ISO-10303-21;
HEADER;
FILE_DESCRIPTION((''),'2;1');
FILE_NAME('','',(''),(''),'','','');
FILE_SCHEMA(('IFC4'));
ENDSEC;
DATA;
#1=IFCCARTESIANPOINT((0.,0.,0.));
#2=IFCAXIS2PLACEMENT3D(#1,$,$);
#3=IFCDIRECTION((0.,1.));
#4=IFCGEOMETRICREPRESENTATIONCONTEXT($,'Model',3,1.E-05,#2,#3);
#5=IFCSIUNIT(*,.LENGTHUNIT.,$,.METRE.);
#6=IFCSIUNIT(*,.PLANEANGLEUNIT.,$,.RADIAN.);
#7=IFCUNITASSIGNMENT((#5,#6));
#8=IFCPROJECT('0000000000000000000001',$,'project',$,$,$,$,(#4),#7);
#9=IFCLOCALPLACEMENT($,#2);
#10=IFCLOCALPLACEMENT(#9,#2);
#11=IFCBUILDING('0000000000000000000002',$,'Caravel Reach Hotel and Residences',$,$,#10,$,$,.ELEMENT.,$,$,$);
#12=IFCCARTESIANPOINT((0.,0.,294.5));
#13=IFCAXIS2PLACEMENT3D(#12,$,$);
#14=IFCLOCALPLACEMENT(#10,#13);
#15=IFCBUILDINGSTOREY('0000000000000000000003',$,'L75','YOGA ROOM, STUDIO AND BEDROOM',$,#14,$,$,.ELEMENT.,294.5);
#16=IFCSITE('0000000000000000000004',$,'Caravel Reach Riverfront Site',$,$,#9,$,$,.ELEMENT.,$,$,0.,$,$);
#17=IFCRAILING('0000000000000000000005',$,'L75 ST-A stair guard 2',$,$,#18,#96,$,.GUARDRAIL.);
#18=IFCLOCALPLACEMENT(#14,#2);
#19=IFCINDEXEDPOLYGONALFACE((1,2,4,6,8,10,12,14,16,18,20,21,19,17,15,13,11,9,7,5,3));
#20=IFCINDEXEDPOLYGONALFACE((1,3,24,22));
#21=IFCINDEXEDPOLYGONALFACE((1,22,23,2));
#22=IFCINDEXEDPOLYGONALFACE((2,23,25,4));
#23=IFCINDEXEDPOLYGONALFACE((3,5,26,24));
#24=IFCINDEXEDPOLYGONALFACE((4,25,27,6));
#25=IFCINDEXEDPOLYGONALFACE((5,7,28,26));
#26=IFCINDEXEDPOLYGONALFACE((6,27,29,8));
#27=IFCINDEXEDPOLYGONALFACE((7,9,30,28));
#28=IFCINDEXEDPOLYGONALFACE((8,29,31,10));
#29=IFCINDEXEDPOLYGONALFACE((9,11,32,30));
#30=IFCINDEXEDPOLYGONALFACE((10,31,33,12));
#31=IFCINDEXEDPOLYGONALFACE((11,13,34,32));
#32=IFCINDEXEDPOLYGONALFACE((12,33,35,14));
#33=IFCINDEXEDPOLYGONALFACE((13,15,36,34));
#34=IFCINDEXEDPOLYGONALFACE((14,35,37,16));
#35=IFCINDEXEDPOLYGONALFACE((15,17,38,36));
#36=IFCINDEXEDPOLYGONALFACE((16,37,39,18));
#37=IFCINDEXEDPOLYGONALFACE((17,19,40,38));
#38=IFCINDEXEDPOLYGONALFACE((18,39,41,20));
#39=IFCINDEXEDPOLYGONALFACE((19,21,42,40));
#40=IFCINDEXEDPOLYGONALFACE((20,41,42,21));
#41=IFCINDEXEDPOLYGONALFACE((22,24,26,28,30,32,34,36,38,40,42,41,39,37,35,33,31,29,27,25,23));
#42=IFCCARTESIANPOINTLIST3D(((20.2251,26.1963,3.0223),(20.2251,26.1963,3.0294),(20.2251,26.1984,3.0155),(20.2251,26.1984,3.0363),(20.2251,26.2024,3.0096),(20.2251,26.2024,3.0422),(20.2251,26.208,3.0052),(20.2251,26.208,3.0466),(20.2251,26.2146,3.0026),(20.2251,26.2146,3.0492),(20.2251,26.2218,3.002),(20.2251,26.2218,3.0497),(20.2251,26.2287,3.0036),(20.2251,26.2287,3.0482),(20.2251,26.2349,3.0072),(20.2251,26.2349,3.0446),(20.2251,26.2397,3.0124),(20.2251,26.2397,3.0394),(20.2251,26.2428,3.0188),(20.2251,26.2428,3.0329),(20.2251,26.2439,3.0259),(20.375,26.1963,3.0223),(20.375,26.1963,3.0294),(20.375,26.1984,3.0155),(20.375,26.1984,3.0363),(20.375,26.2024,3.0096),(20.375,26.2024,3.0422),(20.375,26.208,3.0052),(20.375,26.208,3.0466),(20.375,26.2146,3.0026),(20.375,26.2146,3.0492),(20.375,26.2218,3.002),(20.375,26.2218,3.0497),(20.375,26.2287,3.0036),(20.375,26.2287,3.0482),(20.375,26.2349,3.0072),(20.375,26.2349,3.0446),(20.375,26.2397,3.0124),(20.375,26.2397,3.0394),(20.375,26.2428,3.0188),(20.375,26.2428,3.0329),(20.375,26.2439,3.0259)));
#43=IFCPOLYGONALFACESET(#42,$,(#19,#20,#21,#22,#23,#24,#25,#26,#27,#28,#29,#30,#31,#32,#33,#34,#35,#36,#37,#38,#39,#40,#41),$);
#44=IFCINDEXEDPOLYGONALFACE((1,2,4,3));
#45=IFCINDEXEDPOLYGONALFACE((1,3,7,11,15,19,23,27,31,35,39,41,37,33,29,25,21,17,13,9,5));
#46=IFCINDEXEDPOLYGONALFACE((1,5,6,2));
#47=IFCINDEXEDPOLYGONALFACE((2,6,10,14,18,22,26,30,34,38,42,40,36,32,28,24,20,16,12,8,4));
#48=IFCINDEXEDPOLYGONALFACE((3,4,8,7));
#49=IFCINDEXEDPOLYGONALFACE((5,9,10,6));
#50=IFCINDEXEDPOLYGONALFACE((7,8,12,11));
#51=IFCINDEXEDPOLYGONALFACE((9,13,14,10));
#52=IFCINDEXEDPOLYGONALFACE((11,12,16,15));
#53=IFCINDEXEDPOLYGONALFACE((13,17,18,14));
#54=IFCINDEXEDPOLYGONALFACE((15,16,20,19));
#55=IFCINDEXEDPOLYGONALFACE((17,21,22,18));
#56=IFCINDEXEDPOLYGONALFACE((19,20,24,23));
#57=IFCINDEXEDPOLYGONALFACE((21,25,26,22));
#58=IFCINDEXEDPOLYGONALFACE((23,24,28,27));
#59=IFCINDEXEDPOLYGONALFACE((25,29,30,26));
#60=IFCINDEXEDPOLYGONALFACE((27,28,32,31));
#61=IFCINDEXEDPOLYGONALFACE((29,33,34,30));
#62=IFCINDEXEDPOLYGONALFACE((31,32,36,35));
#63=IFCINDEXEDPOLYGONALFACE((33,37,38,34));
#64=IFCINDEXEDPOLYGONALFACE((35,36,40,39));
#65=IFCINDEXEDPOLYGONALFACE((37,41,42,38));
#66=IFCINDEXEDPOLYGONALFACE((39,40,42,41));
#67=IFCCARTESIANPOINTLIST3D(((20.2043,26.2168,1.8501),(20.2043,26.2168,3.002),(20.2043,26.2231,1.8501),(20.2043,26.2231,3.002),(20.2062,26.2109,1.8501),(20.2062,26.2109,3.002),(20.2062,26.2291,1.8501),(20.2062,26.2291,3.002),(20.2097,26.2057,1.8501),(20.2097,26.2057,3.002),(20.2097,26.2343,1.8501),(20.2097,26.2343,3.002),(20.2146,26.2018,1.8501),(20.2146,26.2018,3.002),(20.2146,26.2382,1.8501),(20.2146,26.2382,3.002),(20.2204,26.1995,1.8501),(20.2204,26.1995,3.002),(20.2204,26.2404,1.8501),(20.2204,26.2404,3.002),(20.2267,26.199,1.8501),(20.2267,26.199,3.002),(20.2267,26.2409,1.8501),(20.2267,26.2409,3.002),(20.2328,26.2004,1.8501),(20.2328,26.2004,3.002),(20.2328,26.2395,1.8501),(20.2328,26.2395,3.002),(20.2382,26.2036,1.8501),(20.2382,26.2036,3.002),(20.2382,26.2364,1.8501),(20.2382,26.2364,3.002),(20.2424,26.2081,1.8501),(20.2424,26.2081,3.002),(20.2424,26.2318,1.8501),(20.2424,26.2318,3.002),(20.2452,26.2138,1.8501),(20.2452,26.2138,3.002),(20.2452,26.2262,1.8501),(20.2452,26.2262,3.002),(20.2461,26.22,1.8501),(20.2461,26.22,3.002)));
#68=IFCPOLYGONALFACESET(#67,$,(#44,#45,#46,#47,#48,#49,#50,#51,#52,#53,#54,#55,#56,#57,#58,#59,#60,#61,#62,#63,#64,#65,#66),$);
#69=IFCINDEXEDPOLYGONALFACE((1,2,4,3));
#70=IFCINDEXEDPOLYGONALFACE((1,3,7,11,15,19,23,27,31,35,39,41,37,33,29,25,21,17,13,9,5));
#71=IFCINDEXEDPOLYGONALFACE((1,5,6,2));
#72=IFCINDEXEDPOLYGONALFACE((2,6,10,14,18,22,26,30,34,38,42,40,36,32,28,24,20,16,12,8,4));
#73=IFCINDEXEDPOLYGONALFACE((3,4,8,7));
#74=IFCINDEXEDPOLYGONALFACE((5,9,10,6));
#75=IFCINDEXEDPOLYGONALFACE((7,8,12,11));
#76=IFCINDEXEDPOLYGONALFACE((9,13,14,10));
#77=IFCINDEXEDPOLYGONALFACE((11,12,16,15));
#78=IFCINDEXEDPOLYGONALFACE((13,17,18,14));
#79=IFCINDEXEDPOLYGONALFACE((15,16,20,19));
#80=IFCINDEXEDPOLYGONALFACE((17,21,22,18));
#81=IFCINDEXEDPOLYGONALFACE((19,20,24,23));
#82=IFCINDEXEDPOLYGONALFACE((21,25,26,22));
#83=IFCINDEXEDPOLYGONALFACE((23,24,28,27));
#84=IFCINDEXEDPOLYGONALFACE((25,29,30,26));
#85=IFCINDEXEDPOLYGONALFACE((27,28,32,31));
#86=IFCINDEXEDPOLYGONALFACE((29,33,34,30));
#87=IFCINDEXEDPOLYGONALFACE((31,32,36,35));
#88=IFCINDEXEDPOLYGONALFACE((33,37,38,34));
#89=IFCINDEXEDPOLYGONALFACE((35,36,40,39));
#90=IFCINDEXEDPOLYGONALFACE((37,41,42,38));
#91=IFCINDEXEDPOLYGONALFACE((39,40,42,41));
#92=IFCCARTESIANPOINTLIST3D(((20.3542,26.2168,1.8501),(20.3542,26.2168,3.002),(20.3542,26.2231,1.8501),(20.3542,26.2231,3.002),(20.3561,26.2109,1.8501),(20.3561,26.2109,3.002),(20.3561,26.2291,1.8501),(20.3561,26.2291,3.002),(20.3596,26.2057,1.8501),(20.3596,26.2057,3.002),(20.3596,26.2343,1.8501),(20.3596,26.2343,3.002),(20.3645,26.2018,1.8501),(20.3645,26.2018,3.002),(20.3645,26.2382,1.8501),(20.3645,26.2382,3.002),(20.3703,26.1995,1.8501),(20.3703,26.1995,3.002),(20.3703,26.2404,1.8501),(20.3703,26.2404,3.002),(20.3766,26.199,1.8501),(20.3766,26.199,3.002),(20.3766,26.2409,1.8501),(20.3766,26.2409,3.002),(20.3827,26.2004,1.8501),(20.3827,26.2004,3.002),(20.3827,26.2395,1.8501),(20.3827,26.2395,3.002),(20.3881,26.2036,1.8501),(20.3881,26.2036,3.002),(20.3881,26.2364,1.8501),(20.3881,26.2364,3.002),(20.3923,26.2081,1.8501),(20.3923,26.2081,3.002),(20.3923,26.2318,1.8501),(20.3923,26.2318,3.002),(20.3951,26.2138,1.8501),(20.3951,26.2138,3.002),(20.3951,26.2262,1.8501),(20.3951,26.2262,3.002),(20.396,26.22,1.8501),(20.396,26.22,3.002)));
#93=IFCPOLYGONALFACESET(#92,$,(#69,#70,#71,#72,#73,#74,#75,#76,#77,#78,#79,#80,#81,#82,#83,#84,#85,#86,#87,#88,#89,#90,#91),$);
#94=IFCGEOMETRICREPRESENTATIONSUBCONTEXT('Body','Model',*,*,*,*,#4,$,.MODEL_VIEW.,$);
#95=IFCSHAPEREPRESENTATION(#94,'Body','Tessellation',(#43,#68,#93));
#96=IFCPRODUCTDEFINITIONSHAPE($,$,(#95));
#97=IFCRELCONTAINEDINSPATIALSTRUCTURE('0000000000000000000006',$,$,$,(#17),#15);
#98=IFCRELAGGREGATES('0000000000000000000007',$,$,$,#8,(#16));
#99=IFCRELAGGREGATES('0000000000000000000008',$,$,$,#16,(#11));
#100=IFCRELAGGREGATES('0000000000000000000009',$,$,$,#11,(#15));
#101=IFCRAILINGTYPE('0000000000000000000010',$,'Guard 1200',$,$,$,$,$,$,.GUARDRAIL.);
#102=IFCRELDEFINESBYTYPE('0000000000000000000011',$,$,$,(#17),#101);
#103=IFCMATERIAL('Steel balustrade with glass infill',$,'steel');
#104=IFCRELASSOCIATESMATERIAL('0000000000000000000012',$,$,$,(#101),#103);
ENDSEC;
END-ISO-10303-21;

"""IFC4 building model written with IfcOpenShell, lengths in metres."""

from ifc_helpers import new_model, si_unit, direction, frame, origin, origin_2d, place, context, subcontext, project, spatial, circle, extrude, material, type_object, element, save


model = new_model("IFC4")

# Units and contexts
model_context = context("Model", 3, precision=1e-05, world=origin(), true_north=direction((0.0, 1.0)))
body_context = subcontext(model_context, "Body", "Model", "MODEL_VIEW")
ifc_project = project(units=[si_unit("LENGTHUNIT", "METRE"), si_unit("PLANEANGLEUNIT", "RADIAN")], contexts=[model_context])

# Site, building, storey
site_placement = place(None, origin())
site = spatial("IfcSite", under=ifc_project, at=site_placement, Name="Caravel Reach Riverfront Site", CompositionType="ELEMENT", RefElevation=0.0)
building_placement = place(site_placement, origin())
building = spatial("IfcBuilding", under=site, at=building_placement, Name="Caravel Reach Hotel and Residences", CompositionType="ELEMENT")
storey_placement = place(building_placement, frame((0.0, 0.0, 294.5)))
storey = spatial("IfcBuildingStorey", under=building, at=storey_placement, Name="L75", Description="YOGA ROOM, STUDIO AND BEDROOM", CompositionType="ELEMENT", Elevation=294.5)

# Railing
ifc_material_1 = material(Name="Steel balustrade with glass infill", Category="steel")
railing_type_1 = type_object("IfcRailingType", Name="Guard 1200", PredefinedType="GUARDRAIL", material=ifc_material_1)
railing_1_placement = place(storey_placement, frame((20.2251, 26.22, 1.8501)))
element("IfcRailing", 1, at=railing_1_placement, inside=storey, type_object=railing_type_1, Name="L75 ST-A stair guard 2", PredefinedType="GUARDRAIL", context=body_context, shape_type="SweptSolid", body=[
    extrude(circle(Radius=0.0239, at=origin_2d()), frame((0.0, 0.0, 1.1758), z_axis=(1.0, 0.0, 0.0), x_axis=(0.0, 1.0, 0.0)), (0.0, 0.0, 1.0), 0.1499),
    extrude(circle(Radius=0.021, at=origin_2d()), origin(), (0.0, 0.0, 1.0), 1.1519),
    extrude(circle(Radius=0.021, at=origin_2d()), frame((0.1499, 0.0, 0.0)), (0.0, 0.0, 1.0), 1.1519),
])

save(model, "model.ifc")
